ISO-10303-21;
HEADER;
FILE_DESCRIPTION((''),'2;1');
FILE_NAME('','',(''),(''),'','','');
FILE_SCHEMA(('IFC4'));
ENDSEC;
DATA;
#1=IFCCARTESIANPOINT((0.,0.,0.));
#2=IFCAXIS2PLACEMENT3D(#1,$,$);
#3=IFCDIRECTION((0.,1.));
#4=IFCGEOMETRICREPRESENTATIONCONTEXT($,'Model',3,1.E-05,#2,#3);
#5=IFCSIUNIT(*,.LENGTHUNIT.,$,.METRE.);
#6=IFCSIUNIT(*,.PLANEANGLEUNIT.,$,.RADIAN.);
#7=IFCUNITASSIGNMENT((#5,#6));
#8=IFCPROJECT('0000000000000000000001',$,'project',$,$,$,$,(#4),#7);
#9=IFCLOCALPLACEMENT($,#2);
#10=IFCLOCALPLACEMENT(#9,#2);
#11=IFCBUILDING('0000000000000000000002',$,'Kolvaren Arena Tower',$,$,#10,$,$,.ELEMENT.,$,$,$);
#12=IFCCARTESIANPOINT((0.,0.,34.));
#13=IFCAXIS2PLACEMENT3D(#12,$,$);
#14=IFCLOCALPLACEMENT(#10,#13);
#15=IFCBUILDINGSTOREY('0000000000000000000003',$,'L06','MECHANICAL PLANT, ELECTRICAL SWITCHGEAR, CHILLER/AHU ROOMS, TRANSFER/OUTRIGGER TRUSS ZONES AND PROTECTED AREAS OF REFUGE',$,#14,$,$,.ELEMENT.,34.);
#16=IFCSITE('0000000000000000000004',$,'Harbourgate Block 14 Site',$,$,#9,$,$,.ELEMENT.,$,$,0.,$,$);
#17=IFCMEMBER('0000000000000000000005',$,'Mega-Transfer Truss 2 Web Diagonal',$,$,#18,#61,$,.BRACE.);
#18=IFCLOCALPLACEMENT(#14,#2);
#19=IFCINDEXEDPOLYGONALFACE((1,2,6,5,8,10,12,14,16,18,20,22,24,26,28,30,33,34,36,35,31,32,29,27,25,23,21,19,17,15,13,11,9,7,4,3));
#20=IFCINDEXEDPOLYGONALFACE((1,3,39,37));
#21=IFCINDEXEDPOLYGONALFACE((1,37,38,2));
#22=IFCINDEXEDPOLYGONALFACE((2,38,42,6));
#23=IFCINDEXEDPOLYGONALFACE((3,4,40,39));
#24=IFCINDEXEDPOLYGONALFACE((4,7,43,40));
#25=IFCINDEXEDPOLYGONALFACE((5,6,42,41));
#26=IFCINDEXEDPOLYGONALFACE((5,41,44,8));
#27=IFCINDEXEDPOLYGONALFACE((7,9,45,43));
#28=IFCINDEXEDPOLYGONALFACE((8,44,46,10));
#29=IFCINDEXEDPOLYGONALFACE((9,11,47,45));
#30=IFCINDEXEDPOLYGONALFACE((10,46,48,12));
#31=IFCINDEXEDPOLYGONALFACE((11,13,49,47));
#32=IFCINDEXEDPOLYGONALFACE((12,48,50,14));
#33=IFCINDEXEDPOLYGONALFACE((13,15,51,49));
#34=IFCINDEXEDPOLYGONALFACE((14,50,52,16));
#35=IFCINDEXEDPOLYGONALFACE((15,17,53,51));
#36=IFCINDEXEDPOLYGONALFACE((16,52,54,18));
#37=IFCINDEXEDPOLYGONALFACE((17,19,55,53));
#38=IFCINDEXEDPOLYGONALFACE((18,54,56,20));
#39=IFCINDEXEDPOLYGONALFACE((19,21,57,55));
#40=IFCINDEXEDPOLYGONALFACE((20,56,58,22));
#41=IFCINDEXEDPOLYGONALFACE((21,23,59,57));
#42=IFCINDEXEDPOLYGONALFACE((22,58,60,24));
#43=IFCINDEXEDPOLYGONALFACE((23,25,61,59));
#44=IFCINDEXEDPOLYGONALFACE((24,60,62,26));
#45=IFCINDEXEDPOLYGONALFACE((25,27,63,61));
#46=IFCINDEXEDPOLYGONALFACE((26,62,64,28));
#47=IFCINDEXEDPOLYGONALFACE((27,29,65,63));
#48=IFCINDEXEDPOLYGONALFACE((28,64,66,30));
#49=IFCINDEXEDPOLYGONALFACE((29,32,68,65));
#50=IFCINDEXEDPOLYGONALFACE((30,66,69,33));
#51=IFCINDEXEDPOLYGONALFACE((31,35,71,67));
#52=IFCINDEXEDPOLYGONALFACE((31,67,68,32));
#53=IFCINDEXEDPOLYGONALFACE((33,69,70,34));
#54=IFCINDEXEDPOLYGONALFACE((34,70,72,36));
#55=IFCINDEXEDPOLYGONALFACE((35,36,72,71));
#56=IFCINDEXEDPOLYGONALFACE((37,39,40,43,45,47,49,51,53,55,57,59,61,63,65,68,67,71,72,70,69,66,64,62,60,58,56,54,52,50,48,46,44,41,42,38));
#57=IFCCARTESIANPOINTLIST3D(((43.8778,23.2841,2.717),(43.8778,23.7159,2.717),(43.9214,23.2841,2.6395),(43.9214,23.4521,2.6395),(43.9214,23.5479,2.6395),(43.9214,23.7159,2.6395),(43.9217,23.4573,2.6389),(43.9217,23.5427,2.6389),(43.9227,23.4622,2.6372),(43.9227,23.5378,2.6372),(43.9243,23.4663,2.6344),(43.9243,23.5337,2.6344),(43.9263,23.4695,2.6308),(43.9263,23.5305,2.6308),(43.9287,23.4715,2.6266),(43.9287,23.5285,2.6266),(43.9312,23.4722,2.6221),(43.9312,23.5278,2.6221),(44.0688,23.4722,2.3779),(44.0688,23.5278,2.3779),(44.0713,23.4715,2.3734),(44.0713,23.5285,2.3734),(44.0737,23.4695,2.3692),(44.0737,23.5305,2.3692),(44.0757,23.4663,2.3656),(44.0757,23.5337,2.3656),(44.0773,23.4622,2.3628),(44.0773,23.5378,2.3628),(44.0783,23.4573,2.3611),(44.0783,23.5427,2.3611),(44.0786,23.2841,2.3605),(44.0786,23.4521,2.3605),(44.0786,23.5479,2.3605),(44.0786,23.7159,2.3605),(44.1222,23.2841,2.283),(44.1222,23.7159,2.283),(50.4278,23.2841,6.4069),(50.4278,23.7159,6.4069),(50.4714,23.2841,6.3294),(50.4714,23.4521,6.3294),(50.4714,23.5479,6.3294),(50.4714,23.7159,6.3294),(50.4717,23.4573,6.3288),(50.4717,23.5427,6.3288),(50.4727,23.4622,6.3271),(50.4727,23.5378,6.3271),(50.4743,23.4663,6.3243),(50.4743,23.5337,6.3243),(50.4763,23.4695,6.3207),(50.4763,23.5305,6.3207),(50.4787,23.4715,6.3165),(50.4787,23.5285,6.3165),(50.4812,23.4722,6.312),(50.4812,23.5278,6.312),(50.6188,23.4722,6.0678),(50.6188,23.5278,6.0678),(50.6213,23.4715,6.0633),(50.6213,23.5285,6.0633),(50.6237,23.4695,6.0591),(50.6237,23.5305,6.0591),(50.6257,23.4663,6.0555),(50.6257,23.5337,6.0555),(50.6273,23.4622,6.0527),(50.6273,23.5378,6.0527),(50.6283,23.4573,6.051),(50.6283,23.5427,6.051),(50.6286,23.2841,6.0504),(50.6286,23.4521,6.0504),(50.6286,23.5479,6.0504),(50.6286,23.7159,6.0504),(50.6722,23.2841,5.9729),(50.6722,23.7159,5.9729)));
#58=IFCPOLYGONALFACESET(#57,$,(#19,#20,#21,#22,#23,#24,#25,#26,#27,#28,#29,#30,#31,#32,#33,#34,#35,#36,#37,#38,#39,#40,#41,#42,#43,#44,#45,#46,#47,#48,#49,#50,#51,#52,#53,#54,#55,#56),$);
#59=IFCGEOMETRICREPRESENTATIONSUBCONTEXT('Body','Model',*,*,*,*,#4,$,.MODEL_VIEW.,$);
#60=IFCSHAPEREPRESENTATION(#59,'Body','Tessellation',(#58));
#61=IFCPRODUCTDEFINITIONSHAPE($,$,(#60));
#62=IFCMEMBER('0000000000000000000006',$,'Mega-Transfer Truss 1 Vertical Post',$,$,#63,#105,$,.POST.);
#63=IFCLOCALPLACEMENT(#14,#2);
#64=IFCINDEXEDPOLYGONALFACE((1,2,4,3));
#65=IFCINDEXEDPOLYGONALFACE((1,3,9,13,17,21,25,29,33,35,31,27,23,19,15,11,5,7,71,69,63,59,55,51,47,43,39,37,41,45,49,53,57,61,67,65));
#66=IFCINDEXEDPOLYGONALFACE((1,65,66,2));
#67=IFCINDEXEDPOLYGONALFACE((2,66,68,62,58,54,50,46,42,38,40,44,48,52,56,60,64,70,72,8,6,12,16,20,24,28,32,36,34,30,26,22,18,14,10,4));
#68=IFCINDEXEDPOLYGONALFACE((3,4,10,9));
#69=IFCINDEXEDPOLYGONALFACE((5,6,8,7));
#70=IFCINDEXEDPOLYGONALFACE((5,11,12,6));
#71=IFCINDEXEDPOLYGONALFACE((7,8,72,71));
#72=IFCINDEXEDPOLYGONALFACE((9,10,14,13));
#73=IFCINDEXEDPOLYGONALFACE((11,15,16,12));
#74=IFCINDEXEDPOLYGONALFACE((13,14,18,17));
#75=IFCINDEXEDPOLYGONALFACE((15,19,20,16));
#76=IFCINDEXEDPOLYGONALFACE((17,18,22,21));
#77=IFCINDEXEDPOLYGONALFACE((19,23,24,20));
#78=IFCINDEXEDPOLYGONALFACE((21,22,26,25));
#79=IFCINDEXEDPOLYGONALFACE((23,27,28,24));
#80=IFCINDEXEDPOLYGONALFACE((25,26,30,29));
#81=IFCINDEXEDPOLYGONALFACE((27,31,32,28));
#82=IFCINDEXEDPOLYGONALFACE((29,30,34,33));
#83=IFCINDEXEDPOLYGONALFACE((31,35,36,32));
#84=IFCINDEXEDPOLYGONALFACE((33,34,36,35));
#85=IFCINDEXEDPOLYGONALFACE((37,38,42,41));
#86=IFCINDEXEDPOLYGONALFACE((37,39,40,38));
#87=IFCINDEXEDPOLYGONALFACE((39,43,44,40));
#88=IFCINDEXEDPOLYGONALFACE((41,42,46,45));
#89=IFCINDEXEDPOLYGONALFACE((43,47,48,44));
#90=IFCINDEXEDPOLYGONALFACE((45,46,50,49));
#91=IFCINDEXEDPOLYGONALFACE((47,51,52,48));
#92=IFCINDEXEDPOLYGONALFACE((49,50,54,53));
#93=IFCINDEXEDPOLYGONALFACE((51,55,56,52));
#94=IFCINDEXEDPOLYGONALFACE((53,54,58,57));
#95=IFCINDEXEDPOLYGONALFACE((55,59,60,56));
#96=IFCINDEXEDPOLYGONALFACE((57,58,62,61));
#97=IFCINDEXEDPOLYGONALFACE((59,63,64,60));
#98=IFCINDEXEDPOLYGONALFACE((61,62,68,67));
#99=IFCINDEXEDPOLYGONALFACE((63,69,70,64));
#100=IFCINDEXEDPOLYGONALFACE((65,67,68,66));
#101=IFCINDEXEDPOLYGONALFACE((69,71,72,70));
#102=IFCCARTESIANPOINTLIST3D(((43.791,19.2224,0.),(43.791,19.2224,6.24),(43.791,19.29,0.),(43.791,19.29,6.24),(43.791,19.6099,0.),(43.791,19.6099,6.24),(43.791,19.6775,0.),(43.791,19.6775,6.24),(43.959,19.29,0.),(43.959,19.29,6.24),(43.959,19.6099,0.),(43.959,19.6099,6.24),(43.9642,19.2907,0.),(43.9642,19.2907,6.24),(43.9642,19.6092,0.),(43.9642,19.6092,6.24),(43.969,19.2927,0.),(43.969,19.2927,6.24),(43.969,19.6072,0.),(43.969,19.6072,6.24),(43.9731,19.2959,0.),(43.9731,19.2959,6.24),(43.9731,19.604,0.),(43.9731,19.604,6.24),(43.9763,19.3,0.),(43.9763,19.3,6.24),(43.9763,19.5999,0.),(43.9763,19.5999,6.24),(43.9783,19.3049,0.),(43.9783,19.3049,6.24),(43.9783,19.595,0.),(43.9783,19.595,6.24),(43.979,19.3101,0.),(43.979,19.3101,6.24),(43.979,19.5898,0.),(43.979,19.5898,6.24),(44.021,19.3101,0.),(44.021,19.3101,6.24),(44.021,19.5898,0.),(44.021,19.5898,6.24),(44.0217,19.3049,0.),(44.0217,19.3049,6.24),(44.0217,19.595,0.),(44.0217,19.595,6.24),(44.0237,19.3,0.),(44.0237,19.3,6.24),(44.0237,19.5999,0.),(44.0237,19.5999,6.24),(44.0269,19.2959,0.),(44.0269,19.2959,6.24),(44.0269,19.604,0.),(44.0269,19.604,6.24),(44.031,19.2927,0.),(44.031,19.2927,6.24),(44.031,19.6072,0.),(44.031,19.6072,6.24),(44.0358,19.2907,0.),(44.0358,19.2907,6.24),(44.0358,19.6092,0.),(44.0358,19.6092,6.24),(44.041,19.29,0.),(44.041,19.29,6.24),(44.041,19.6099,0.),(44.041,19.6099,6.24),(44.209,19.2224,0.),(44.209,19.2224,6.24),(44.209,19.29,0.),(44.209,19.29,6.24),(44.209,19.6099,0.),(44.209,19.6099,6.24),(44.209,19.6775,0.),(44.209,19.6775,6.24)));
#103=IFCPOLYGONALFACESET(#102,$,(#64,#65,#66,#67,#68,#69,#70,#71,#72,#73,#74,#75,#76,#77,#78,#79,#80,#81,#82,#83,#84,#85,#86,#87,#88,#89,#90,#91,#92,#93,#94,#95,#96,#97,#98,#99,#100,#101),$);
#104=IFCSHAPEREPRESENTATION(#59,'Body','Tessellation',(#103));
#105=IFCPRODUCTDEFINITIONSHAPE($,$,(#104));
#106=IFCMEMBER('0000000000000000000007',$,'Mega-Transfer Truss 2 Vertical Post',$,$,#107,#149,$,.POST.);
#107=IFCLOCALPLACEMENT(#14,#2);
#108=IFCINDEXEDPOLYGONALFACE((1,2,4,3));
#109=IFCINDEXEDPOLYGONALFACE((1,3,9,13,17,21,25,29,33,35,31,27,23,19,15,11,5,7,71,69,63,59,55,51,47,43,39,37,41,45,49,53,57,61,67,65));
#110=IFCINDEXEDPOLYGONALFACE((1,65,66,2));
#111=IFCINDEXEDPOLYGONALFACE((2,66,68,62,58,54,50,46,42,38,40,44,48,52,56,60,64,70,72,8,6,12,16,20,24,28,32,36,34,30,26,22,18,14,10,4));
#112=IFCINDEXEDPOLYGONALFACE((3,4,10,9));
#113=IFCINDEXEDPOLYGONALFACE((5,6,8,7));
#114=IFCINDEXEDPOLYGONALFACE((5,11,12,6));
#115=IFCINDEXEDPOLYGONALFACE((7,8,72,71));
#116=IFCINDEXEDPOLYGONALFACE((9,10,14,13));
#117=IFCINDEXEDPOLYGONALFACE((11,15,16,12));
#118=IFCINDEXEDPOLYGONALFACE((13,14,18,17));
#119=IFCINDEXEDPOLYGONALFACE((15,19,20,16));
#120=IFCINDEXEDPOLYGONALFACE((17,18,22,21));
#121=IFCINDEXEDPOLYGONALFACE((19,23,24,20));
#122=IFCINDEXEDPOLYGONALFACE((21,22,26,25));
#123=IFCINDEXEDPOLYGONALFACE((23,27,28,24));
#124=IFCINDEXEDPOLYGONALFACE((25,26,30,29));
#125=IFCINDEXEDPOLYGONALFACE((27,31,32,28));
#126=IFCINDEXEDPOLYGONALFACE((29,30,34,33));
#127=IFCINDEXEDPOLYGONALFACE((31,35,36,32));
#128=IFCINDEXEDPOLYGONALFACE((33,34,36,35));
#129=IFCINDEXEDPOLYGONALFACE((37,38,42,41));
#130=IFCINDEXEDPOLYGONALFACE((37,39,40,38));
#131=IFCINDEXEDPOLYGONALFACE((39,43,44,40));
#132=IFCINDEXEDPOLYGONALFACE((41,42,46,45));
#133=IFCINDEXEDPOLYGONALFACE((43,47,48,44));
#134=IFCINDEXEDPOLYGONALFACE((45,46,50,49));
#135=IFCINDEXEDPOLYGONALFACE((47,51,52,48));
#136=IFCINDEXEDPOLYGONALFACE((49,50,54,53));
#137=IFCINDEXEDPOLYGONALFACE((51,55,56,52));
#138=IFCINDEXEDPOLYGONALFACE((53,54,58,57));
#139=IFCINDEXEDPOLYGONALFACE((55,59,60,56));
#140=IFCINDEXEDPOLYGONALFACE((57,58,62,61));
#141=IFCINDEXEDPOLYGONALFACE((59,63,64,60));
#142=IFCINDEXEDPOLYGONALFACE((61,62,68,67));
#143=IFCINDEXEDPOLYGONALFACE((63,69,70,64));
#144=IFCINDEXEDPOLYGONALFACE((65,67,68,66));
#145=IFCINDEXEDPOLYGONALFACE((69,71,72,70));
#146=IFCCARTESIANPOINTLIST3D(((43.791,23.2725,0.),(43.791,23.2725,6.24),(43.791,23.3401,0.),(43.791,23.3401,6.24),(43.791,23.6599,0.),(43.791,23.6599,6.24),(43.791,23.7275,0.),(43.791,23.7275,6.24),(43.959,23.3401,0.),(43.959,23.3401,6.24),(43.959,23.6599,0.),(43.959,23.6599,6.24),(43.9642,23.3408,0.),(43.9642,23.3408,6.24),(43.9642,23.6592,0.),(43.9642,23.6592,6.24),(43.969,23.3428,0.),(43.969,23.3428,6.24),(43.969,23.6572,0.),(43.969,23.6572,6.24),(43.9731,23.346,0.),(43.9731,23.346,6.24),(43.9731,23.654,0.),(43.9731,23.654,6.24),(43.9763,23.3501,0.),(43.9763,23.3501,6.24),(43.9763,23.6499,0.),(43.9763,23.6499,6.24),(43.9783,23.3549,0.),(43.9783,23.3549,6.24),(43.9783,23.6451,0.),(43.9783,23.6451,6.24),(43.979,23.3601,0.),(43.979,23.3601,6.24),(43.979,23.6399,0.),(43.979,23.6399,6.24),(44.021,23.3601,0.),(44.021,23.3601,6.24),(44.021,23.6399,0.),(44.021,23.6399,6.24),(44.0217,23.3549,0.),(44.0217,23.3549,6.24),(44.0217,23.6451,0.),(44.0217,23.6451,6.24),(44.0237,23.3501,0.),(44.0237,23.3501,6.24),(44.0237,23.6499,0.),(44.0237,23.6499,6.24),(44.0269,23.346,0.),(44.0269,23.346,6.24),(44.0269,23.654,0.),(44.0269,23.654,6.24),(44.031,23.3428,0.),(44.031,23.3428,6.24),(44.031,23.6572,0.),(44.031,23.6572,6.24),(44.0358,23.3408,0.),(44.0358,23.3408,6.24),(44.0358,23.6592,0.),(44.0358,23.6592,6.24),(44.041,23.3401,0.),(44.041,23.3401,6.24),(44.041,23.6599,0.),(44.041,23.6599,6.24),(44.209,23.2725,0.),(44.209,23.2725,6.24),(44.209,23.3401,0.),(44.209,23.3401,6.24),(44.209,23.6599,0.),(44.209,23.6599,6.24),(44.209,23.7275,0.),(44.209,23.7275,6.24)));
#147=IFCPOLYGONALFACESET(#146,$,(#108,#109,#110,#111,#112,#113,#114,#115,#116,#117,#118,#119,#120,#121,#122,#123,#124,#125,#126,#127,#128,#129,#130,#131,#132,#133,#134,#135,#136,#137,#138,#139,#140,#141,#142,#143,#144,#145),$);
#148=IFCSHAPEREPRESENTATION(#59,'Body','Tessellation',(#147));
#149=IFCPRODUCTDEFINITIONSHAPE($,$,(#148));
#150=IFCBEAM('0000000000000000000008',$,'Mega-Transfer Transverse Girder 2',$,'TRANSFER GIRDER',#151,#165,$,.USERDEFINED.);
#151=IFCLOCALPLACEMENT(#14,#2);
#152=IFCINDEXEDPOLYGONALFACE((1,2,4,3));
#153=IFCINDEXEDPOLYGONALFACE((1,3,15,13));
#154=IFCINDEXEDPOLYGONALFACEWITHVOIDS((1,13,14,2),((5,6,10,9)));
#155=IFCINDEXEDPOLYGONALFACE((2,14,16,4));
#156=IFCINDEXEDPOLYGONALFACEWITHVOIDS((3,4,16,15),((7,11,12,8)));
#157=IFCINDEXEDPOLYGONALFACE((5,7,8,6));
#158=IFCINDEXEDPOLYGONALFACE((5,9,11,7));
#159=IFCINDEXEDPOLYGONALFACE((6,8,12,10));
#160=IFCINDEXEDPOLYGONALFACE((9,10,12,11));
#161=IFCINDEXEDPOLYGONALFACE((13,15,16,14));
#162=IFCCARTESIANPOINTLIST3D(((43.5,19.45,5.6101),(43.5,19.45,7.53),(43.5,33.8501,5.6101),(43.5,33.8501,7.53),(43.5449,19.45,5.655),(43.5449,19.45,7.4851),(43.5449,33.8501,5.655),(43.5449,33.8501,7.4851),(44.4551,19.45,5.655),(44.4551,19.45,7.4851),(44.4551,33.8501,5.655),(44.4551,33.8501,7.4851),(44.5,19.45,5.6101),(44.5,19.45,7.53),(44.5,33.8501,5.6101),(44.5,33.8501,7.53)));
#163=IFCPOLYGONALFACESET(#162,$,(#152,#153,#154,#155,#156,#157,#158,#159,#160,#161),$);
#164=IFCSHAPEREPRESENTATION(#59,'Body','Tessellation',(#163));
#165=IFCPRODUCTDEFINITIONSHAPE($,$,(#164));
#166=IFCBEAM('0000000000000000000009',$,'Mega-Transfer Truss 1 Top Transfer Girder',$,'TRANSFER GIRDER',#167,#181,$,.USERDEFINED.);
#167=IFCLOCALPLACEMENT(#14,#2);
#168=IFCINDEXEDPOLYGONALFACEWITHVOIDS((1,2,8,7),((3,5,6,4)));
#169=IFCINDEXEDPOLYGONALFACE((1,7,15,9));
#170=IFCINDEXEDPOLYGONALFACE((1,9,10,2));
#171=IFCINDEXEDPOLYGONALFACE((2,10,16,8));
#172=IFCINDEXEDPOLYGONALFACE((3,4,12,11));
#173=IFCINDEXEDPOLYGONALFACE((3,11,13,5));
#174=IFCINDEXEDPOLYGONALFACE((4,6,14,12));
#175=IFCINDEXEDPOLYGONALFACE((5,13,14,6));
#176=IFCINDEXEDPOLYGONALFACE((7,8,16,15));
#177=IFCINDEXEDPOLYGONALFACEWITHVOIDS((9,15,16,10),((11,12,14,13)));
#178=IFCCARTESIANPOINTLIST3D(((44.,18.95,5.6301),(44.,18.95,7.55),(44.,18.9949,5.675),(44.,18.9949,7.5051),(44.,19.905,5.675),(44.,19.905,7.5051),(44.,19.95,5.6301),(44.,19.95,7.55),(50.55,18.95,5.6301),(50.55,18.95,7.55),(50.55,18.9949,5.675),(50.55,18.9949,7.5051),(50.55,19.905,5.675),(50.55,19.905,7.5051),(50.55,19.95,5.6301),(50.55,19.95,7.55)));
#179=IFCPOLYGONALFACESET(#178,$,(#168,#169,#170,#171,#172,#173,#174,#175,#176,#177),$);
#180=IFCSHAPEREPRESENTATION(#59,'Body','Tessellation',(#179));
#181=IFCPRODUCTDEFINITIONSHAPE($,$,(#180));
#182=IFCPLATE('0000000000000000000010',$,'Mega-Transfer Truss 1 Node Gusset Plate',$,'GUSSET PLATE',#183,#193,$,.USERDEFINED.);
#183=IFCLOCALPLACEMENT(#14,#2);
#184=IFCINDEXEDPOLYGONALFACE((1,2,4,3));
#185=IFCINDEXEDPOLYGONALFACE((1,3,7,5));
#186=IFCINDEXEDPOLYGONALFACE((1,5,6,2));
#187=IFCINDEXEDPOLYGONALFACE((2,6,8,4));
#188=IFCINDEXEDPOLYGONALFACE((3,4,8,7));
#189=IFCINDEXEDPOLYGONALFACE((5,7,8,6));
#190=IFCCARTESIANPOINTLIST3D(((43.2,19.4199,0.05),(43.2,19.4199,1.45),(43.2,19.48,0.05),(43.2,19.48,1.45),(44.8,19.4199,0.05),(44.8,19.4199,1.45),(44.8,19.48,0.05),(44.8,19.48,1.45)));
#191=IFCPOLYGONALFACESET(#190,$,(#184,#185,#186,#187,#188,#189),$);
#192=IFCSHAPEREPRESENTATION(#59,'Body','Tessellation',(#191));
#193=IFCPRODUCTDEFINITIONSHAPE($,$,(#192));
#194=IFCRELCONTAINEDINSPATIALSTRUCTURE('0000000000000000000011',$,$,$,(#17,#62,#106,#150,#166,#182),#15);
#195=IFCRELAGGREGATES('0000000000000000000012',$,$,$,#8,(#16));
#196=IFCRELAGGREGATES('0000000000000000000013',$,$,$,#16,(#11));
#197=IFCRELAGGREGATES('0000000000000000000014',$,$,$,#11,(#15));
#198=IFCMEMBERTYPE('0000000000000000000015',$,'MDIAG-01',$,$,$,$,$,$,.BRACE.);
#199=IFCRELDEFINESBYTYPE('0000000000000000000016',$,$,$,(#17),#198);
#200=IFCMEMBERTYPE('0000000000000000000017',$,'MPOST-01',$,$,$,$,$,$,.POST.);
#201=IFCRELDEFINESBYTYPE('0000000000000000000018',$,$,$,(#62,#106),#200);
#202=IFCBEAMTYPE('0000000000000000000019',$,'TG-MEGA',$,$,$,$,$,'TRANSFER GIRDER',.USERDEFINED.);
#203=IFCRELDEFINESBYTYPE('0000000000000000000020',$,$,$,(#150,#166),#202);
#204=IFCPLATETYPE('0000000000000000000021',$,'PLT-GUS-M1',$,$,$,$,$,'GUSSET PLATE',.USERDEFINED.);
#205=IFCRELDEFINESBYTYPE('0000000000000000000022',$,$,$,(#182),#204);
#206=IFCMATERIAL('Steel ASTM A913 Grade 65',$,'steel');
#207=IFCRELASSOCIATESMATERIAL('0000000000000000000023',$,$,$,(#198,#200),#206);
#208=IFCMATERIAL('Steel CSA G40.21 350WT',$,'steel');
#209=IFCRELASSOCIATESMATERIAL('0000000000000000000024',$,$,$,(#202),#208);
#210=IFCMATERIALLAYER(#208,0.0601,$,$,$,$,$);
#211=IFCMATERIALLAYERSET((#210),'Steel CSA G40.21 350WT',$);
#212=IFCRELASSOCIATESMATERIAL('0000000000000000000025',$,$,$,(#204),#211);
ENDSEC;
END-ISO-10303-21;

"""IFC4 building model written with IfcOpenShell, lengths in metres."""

from ifc_helpers import new_model, si_unit, direction, frame, origin, origin_2d, place, context, subcontext, project, spatial, rectangle, hollow_rectangle, i_section, extrude, material, layer, layer_set, material_profile, profile_set, type_object, element, save


model = new_model("IFC4")

# Units and contexts
model_context = context("Model", 3, precision=1e-05, world=origin(), true_north=direction((0.0, 1.0)))
body_context = subcontext(model_context, "Body", "Model", "MODEL_VIEW")
ifc_project = project(units=[si_unit("LENGTHUNIT", "METRE"), si_unit("PLANEANGLEUNIT", "RADIAN")], contexts=[model_context])

# Site, building, storey
site_placement = place(None, origin())
site = spatial("IfcSite", under=ifc_project, at=site_placement, Name="Harbourgate Block 14 Site", CompositionType="ELEMENT", RefElevation=0.0)
building_placement = place(site_placement, origin())
building = spatial("IfcBuilding", under=site, at=building_placement, Name="Kolvaren Arena Tower", CompositionType="ELEMENT")
storey_placement = place(building_placement, frame((0.0, 0.0, 34.0)))
storey = spatial("IfcBuildingStorey", under=building, at=storey_placement, Name="L06", Description="MECHANICAL PLANT, ELECTRICAL SWITCHGEAR, CHILLER/AHU ROOMS, TRANSFER/OUTRIGGER TRUSS ZONES AND PROTECTED AREAS OF REFUGE", CompositionType="ELEMENT", Elevation=34.0)

# Shared definitions
ifc_material_1 = material(Name="Steel ASTM A913 Grade 65", Category="steel")

# Members
ifc_material_profile_1 = material_profile(ifc_material_1, i_section(OverallWidth=0.4319, OverallDepth=0.498, WebThickness=0.0557, FlangeThickness=0.0889, FilletRadius=0.02, at=origin_2d()), Name="W360x744")
ifc_profile_set_1 = profile_set([ifc_material_profile_1], Name="Steel ASTM A913 Grade 65")
member_type_1 = type_object("IfcMemberType", Name="MDIAG-01", PredefinedType="BRACE", material=ifc_profile_set_1)
member_1_placement = place(storey_placement, frame((44.0, 23.5, 2.5), z_axis=(0.871261, 0.0, 0.490821), x_axis=(0.0, 1.0, 0.0)))
element("IfcMember", 1, at=member_1_placement, inside=storey, type_object=member_type_1, Name="Mega-Transfer Truss 2 Web Diagonal", PredefinedType="BRACE", context=body_context, shape_type="SweptSolid", body=[
    extrude(i_section(OverallWidth=0.4319, OverallDepth=0.498, WebThickness=0.0557, FlangeThickness=0.0889, FilletRadius=0.02, at=origin_2d()), origin(), (0.0, 0.0, 1.0), 7.5178),
])
ifc_material_profile_2 = material_profile(ifc_material_1, i_section(OverallWidth=0.418, OverallDepth=0.4551, WebThickness=0.042, FlangeThickness=0.0676, FilletRadius=0.02, at=origin_2d()), Name="W360x551")
ifc_profile_set_2 = profile_set([ifc_material_profile_2], Name="Steel ASTM A913 Grade 65")
member_type_2 = type_object("IfcMemberType", Name="MPOST-01", PredefinedType="POST", material=ifc_profile_set_2)
for number, where, z_axis, x_axis, name in (
    (2, (44.0, 19.45, 0.0), (0.0, 0.0, 1.0), (1.0, 0.0, 0.0), "Mega-Transfer Truss 1 Vertical Post"),
    (3, (44.0, 23.5, 0.0), (0.0, 0.0, 1.0), (1.0, 0.0, 0.0), "Mega-Transfer Truss 2 Vertical Post"),
):
    element("IfcMember", number, at=place(storey_placement, frame(where, z_axis=z_axis, x_axis=x_axis)), inside=storey, type_object=member_type_2, Name=name, PredefinedType="POST", context=body_context, shape_type="SweptSolid", body=[
        extrude(i_section(OverallWidth=0.418, OverallDepth=0.4551, WebThickness=0.042, FlangeThickness=0.0676, FilletRadius=0.02, at=origin_2d()), origin(), (0.0, 0.0, 1.0), 6.24),
    ])

# Beams
ifc_material_2 = material(Name="Steel CSA G40.21 350WT", Category="steel")
ifc_material_profile_3 = material_profile(ifc_material_2, hollow_rectangle(XDim=1.0, YDim=1.9199, WallThickness=0.0449, at=origin_2d()), Name="BOX 1000x1920x45")
ifc_profile_set_3 = profile_set([ifc_material_profile_3], Name="Steel CSA G40.21 350WT")
beam_type_1 = type_object("IfcBeamType", Name="TG-MEGA", ElementType="TRANSFER GIRDER", PredefinedType="USERDEFINED", material=ifc_profile_set_3)
beam_1_placement = place(storey_placement, frame((44.0, 19.45, 6.5701), z_axis=(0.0, 1.0, 0.0), x_axis=(-1.0, 0.0, 0.0)))
element("IfcBeam", 4, at=beam_1_placement, inside=storey, type_object=beam_type_1, Name="Mega-Transfer Transverse Girder 2", ObjectType="TRANSFER GIRDER", PredefinedType="USERDEFINED", context=body_context, shape_type="SweptSolid", body=[
    extrude(hollow_rectangle(XDim=1.0, YDim=1.9199, WallThickness=0.0449, at=origin_2d()), origin(), (0.0, 0.0, 1.0), 14.4001),
])
beam_2_placement = place(storey_placement, frame((44.0, 19.45, 6.5901), z_axis=(1.0, 0.0, 0.0), x_axis=(0.0, 1.0, 0.0)))
element("IfcBeam", 5, at=beam_2_placement, inside=storey, type_object=beam_type_1, Name="Mega-Transfer Truss 1 Top Transfer Girder", ObjectType="TRANSFER GIRDER", PredefinedType="USERDEFINED", context=body_context, shape_type="SweptSolid", body=[
    extrude(hollow_rectangle(XDim=1.0, YDim=1.9199, WallThickness=0.0449, at=origin_2d()), origin(), (0.0, 0.0, 1.0), 6.55),
])

# Plate
ifc_layer_1 = layer(ifc_material_2, 0.0601)
ifc_layer_set_1 = layer_set([ifc_layer_1], Name="Steel CSA G40.21 350WT")
plate_type = type_object("IfcPlateType", Name="PLT-GUS-M1", ElementType="GUSSET PLATE", PredefinedType="USERDEFINED", material=ifc_layer_set_1)
for number, where, z_axis, x_axis, name in (
    (6, (44.0, 19.45, 0.05), (0.0, 0.0, 1.0), (1.0, 0.0, 0.0), "Mega-Transfer Truss 1 Node Gusset Plate"),
):
    element("IfcPlate", number, at=place(storey_placement, frame(where, z_axis=z_axis, x_axis=x_axis)), inside=storey, type_object=plate_type, Name=name, ObjectType="GUSSET PLATE", PredefinedType="USERDEFINED", context=body_context, shape_type="SweptSolid", body=[
        extrude(rectangle(XDim=1.6001, YDim=0.0601, at=origin_2d()), origin(), (0.0, 0.0, 1.0), 1.3999),
    ])

save(model, "model.ifc")
